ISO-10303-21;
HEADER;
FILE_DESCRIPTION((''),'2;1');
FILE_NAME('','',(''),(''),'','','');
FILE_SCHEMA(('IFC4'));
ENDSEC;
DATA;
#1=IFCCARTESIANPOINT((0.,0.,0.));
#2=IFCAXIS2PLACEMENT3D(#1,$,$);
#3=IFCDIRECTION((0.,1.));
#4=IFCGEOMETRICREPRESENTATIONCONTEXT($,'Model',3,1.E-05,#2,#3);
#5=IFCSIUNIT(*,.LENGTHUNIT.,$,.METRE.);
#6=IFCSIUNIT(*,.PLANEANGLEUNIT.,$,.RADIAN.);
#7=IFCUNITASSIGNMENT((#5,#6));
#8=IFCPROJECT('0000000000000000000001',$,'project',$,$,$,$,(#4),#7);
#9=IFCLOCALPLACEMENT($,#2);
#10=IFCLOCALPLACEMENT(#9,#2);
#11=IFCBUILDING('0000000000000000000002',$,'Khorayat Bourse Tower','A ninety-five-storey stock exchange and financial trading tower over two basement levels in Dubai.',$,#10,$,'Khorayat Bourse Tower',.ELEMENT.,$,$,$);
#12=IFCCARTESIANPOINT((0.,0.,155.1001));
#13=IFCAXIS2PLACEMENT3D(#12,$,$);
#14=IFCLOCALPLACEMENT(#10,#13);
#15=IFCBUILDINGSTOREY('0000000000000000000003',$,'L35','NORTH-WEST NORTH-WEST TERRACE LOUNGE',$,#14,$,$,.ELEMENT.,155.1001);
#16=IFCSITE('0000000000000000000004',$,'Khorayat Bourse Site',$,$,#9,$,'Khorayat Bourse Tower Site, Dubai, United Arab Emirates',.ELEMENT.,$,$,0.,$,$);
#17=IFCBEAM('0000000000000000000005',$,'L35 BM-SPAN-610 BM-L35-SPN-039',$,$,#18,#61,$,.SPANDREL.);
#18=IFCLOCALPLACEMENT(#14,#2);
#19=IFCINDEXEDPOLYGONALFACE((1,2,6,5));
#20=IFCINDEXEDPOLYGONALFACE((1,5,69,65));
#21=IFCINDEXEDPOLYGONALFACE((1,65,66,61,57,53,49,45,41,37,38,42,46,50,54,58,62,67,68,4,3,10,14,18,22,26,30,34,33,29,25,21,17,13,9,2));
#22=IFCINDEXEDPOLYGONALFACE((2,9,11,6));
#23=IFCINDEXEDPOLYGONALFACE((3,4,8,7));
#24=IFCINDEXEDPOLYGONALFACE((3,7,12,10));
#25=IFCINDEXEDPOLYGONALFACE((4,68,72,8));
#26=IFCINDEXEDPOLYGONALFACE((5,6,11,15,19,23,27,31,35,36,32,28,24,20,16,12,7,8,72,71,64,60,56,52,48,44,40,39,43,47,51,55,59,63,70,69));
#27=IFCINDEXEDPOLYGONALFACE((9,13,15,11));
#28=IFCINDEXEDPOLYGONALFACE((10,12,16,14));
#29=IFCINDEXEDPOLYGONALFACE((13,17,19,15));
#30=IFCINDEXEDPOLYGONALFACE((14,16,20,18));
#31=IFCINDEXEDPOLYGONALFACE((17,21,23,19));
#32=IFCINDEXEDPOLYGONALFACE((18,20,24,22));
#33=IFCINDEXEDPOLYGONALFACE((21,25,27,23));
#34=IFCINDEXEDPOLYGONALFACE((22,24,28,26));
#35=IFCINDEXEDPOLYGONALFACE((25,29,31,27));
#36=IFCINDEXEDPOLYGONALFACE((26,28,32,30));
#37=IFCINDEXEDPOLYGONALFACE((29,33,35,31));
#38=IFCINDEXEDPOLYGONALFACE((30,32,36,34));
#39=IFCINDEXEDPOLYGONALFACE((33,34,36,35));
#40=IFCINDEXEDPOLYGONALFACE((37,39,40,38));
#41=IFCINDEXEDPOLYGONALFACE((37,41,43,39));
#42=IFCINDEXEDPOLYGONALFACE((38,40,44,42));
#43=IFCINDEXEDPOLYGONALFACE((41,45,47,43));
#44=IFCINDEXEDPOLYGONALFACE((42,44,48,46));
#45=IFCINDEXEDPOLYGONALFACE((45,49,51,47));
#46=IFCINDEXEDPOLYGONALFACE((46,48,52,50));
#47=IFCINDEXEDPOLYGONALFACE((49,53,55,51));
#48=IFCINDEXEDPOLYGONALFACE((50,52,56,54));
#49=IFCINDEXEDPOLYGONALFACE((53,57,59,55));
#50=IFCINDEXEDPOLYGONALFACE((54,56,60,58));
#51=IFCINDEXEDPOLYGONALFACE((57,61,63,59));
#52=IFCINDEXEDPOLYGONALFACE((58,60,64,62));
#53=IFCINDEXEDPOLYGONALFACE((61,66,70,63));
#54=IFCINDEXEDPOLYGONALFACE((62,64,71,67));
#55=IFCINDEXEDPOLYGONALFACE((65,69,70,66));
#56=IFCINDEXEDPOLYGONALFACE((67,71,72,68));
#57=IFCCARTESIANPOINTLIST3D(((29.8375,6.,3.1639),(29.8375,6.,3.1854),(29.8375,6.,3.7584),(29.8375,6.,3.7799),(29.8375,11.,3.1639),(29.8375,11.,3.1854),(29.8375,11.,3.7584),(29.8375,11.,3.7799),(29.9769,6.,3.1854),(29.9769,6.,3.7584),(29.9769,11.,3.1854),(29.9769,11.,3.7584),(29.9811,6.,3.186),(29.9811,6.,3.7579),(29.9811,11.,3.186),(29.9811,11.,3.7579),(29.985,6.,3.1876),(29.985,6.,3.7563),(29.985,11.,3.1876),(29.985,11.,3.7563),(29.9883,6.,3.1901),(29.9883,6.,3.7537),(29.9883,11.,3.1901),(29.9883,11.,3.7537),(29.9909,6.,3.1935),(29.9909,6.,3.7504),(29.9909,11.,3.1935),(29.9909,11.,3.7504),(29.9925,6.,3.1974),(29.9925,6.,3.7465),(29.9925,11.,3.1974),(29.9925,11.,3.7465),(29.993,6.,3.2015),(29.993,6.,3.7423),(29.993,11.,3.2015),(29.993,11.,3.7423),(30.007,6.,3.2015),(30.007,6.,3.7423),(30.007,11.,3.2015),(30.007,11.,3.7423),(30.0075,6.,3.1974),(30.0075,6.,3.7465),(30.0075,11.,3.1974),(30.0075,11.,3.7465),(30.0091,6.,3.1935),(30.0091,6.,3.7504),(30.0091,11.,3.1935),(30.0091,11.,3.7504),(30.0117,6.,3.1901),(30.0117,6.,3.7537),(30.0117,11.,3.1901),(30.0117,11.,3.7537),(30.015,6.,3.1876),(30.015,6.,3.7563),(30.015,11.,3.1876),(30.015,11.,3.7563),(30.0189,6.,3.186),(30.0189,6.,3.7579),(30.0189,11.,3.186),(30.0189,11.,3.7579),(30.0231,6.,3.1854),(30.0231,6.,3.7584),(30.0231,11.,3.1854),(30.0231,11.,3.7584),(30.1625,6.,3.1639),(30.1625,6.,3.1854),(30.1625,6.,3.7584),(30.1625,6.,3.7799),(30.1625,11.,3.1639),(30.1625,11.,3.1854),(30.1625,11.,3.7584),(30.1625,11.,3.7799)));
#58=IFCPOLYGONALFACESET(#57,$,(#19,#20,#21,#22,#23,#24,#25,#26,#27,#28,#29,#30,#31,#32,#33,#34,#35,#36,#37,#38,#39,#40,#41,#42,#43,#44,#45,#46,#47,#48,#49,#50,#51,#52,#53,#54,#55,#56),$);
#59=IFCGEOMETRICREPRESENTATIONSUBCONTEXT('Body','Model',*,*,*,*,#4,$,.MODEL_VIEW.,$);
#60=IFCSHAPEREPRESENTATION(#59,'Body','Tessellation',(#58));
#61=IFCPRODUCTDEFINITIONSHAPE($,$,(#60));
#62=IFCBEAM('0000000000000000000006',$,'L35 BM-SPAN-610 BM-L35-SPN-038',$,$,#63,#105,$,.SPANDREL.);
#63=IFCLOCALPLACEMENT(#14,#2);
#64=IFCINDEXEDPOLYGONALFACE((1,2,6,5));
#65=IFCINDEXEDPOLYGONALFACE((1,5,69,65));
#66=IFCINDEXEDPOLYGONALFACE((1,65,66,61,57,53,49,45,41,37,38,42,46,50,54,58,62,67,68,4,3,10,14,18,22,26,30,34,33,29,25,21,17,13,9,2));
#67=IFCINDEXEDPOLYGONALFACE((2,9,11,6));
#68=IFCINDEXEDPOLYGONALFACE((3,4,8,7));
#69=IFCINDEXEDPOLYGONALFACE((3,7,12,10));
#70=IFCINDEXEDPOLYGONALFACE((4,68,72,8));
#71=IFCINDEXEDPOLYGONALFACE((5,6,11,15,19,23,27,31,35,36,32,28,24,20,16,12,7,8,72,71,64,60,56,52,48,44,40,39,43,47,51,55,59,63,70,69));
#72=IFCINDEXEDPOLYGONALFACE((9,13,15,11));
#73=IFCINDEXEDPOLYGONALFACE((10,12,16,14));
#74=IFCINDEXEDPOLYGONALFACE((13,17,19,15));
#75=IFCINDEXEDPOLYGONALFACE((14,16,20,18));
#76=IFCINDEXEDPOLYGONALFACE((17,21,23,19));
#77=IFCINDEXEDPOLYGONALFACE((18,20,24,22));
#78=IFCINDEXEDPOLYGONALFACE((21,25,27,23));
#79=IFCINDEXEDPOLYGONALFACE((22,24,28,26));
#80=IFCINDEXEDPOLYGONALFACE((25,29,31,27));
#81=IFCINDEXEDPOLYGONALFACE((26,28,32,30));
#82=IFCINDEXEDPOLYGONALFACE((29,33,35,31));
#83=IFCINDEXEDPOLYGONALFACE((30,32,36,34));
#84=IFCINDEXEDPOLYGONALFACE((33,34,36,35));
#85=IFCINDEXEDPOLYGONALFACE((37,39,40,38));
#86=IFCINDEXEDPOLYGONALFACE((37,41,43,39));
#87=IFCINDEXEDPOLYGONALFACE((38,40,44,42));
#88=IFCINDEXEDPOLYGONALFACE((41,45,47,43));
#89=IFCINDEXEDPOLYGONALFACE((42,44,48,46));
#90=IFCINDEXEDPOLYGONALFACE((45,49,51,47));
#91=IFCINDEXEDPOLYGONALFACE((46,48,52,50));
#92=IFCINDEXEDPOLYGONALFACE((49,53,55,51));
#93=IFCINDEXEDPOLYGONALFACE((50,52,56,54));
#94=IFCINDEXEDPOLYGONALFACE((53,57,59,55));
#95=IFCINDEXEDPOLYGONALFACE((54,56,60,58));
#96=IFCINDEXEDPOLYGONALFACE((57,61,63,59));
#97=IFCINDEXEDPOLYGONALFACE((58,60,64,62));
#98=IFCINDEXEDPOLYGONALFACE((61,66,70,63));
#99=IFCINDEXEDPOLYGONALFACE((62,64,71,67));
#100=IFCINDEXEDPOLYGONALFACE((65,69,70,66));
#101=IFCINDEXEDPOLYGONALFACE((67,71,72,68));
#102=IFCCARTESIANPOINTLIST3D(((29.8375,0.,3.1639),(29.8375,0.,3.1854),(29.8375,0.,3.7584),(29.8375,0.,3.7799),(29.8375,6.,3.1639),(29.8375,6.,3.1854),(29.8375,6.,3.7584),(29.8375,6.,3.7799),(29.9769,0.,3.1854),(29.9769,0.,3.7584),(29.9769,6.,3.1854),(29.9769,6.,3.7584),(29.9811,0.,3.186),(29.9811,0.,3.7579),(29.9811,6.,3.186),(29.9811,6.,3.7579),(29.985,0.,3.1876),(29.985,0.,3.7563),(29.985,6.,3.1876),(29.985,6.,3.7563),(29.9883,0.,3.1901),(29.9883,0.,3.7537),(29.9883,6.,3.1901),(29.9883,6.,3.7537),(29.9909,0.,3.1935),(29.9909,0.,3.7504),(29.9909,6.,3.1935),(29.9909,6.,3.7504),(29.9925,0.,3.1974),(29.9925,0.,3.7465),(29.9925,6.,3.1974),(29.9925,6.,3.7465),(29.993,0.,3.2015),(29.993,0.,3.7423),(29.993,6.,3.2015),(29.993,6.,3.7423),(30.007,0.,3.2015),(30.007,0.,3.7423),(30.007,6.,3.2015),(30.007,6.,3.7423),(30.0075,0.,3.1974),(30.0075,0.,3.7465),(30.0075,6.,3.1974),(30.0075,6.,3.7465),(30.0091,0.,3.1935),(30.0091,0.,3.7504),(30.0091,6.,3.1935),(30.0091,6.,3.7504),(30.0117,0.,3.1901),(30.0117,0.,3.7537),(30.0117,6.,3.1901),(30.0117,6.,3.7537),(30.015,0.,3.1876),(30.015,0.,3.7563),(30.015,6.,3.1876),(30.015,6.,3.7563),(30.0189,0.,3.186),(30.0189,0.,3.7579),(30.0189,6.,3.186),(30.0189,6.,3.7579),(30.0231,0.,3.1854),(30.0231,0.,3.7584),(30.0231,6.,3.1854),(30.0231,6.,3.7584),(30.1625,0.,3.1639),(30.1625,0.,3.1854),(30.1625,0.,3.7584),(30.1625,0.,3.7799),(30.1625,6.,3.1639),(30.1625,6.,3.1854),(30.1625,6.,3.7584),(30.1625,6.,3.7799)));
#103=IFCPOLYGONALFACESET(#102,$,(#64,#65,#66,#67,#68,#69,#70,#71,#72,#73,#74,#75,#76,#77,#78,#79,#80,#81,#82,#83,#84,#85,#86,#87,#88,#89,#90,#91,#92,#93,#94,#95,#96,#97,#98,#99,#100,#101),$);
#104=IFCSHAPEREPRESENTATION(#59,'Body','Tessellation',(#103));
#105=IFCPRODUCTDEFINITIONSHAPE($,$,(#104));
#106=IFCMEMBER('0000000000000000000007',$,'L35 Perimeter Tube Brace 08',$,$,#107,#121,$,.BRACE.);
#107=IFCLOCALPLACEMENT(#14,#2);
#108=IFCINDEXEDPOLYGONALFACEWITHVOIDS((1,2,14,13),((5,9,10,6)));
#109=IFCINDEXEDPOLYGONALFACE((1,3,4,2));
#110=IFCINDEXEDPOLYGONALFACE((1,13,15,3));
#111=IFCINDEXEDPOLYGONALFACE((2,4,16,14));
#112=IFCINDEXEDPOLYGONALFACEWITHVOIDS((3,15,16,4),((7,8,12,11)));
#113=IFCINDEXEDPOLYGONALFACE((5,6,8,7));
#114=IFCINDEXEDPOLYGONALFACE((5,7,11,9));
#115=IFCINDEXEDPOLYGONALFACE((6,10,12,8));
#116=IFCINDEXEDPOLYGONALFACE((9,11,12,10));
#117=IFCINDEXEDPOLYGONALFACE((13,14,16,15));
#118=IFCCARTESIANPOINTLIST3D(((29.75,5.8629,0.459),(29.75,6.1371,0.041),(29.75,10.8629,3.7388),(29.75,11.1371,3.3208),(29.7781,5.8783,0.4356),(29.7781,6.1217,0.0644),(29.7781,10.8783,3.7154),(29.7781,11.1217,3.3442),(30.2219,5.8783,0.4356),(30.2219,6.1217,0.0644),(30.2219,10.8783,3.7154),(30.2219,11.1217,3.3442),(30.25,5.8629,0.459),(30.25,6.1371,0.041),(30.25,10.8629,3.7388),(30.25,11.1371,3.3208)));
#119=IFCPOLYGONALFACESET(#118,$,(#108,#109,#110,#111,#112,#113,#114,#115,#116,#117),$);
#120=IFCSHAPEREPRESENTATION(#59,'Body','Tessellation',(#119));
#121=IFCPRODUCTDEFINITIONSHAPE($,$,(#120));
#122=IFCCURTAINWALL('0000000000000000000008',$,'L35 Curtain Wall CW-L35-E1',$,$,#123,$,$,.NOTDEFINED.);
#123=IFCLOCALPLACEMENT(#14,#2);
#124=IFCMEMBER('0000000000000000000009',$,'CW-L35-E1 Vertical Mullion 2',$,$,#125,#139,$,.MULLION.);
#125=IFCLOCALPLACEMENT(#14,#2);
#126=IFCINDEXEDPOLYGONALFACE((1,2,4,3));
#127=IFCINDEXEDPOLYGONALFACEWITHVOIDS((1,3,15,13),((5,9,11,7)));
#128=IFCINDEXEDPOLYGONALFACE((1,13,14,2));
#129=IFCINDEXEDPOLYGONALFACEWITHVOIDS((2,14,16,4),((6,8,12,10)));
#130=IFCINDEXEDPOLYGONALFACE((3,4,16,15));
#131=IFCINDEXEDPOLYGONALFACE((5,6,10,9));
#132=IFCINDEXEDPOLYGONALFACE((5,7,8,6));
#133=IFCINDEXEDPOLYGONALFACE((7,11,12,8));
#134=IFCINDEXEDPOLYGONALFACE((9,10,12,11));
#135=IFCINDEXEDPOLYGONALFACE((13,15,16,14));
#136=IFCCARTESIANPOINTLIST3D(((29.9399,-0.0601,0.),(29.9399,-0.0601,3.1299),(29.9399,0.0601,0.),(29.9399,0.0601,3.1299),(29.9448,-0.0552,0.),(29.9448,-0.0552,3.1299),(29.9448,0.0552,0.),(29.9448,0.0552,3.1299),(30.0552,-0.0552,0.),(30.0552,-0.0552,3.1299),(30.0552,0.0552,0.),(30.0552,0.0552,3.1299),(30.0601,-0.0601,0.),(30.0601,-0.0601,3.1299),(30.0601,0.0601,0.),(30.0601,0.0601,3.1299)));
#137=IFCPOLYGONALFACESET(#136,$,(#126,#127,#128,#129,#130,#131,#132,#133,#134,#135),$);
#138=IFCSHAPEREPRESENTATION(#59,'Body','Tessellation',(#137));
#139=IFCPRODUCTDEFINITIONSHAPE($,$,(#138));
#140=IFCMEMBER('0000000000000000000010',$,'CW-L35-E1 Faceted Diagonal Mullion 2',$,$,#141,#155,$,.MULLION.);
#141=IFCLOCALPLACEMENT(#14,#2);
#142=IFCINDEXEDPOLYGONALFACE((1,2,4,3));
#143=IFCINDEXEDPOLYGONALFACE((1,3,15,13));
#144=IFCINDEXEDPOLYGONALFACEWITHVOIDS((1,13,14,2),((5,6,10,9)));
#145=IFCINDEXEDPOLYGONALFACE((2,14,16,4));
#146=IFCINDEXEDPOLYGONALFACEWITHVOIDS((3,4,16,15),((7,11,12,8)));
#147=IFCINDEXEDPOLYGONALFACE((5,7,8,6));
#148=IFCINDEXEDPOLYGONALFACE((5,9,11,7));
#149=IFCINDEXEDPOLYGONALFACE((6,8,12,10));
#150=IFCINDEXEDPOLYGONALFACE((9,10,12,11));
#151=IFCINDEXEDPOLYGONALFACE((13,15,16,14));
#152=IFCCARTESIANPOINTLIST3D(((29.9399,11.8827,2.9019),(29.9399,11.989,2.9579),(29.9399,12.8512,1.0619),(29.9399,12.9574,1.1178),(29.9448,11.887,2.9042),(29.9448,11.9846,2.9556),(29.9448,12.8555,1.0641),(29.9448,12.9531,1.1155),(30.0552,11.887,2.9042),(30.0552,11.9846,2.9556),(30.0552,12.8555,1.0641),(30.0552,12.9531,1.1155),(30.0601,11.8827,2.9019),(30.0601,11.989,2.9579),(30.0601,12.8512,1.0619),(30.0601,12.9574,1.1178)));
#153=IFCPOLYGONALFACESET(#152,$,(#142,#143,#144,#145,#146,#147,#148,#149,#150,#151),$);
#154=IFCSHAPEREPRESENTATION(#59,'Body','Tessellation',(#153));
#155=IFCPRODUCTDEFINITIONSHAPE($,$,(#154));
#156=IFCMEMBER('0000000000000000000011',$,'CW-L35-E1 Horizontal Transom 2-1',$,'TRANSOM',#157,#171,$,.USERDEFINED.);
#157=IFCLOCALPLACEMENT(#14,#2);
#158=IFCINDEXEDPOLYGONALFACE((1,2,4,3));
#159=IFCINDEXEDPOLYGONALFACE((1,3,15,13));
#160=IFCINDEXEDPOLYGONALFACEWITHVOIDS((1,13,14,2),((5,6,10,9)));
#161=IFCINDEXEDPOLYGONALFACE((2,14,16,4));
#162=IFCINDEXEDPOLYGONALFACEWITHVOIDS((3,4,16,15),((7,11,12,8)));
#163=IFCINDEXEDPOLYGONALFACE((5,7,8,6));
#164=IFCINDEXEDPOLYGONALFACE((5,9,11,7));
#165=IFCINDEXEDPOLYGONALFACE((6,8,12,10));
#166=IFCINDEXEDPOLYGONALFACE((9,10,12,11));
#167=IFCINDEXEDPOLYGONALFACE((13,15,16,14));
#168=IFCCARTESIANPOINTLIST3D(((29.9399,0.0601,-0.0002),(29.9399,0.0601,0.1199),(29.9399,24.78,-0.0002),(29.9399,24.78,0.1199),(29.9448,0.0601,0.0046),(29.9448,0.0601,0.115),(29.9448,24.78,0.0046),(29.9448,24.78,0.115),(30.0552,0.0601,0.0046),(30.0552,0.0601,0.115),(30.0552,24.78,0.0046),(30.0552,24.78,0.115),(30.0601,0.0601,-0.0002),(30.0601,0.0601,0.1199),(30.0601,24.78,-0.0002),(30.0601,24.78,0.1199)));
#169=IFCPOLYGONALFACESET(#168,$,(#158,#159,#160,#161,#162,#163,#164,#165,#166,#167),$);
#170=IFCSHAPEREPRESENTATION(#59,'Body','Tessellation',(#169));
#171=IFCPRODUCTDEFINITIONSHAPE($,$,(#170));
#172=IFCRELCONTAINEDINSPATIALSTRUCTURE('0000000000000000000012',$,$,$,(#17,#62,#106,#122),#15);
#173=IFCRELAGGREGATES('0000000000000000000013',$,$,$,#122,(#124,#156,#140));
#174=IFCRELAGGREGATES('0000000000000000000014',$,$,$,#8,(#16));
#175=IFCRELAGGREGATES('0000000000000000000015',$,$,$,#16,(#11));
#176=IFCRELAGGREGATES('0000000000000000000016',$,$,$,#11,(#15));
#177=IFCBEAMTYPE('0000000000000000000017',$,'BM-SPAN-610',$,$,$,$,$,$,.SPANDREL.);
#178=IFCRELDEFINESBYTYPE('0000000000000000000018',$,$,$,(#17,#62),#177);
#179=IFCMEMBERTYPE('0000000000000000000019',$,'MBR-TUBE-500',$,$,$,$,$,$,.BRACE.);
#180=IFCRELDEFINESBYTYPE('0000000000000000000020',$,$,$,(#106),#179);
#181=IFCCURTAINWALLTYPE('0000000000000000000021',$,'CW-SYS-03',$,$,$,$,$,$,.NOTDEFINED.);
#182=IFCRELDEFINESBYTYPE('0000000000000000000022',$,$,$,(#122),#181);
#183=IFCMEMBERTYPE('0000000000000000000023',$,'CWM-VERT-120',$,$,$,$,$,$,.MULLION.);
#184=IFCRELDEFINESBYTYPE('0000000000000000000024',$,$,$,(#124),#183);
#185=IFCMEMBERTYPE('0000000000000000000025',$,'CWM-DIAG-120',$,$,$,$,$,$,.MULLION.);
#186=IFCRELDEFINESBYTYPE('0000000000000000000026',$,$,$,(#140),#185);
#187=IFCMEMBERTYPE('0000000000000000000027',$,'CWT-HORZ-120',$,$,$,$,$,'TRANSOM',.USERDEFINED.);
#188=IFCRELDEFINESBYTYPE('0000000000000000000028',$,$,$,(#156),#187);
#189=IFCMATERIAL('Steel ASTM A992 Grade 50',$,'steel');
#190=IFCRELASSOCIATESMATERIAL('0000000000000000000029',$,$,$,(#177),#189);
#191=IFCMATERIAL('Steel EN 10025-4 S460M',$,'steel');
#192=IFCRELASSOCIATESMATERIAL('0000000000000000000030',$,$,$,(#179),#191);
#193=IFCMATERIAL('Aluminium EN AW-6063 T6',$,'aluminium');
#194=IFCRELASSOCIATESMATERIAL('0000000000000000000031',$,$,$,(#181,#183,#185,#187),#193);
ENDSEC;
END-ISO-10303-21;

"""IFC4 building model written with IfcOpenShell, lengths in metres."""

from ifc_helpers import new_model, si_unit, direction, frame, origin, origin_2d, place, context, subcontext, project, spatial, hollow_rectangle, i_section, extrude, source, transform, mapped, material, material_profile, profile_set, type_object, element, aggregate, save


model = new_model("IFC4")

# Units and contexts
model_context = context("Model", 3, precision=1e-05, world=origin(), true_north=direction((0.0, 1.0)))
body_context = subcontext(model_context, "Body", "Model", "MODEL_VIEW")
ifc_project = project(units=[si_unit("LENGTHUNIT", "METRE"), si_unit("PLANEANGLEUNIT", "RADIAN")], contexts=[model_context])

# Site, building, storey
site_placement = place(None, origin())
site = spatial("IfcSite", under=ifc_project, at=site_placement, Name="Khorayat Bourse Site", LongName="Khorayat Bourse Tower Site, Dubai, United Arab Emirates", CompositionType="ELEMENT", RefElevation=0.0)
building_placement = place(site_placement, origin())
building = spatial("IfcBuilding", under=site, at=building_placement, Name="Khorayat Bourse Tower", Description="A ninety-five-storey stock exchange and financial trading tower over two basement levels in Dubai.", LongName="Khorayat Bourse Tower", CompositionType="ELEMENT")
storey_placement = place(building_placement, frame((0.0, 0.0, 155.1001)))
storey = spatial("IfcBuildingStorey", under=building, at=storey_placement, Name="L35", Description="NORTH-WEST NORTH-WEST TERRACE LOUNGE", CompositionType="ELEMENT", Elevation=155.1001)

# Shared definitions
ifc_material_1 = material(Name="Steel EN 10025-4 S460M", Category="steel")

# Beams
ifc_material_2 = material(Name="Steel ASTM A992 Grade 50", Category="steel")
ifc_material_profile_1 = material_profile(ifc_material_2, i_section(OverallWidth=0.325, OverallDepth=0.616, WebThickness=0.0139, FlangeThickness=0.0215, FilletRadius=0.0161, at=origin_2d()), Name="W610X174")
ifc_profile_set_1 = profile_set([ifc_material_profile_1], Name="Steel ASTM A992 Grade 50")
beam_type_1 = type_object("IfcBeamType", Name="BM-SPAN-610", PredefinedType="SPANDREL", material=ifc_profile_set_1)
shared_shape_1 = source(origin(), body_context, "Body", "SweptSolid", [
    extrude(i_section(OverallWidth=0.325, OverallDepth=0.616, WebThickness=0.0139, FlangeThickness=0.0215, FilletRadius=0.0161, at=origin_2d()), origin(), (0.0, 0.0, 1.0), 5.0),
])
beam_1_placement = place(storey_placement, frame((30.0, 6.0, 3.4719), z_axis=(0.0, 1.0, 0.0), x_axis=(-1.0, 0.0, 0.0)))
element("IfcBeam", 1, at=beam_1_placement, inside=storey, type_object=beam_type_1, Name="L35 BM-SPAN-610 BM-L35-SPN-039", PredefinedType="SPANDREL", context=body_context, shape_type="MappedRepresentation", body=[
    mapped(shared_shape_1, transform((0.0, 0.0, 0.0), scale=1.0)),
])
shared_shape_2 = source(origin(), body_context, "Body", "SweptSolid", [
    extrude(i_section(OverallWidth=0.325, OverallDepth=0.616, WebThickness=0.0139, FlangeThickness=0.0215, FilletRadius=0.0161, at=origin_2d()), origin(), (0.0, 0.0, 1.0), 6.0),
])
beam_2_placement = place(storey_placement, frame((30.0, 0.0, 3.4719), z_axis=(0.0, 1.0, 0.0), x_axis=(-1.0, 0.0, 0.0)))
element("IfcBeam", 2, at=beam_2_placement, inside=storey, type_object=beam_type_1, Name="L35 BM-SPAN-610 BM-L35-SPN-038", PredefinedType="SPANDREL", context=body_context, shape_type="MappedRepresentation", body=[
    mapped(shared_shape_2, transform((0.0, 0.0, 0.0), scale=1.0)),
])

# Member
ifc_material_profile_2 = material_profile(ifc_material_1, hollow_rectangle(XDim=0.5, YDim=0.5, WallThickness=0.0281, at=origin_2d()), Name="HSS 500x500x28")
ifc_profile_set_2 = profile_set([ifc_material_profile_2], Name="Steel EN 10025-4 S460M")
member_type_1 = type_object("IfcMemberType", Name="MBR-TUBE-500", PredefinedType="BRACE", material=ifc_profile_set_2)
shared_shape_3 = source(origin(), body_context, "Body", "SweptSolid", [
    extrude(hollow_rectangle(XDim=0.5, YDim=0.5, WallThickness=0.0281, at=origin_2d()), origin(), (0.0, 0.0, 1.0), 5.9797),
])
member_1_placement = place(storey_placement, frame((30.0, 6.0, 0.25), z_axis=(0.0, 0.83616, 0.548485), x_axis=(-1.0, 0.0, 0.0)))
element("IfcMember", 3, at=member_1_placement, inside=storey, type_object=member_type_1, Name="L35 Perimeter Tube Brace 08", PredefinedType="BRACE", context=body_context, shape_type="MappedRepresentation", body=[
    mapped(shared_shape_3, transform((0.0, 0.0, 0.0), scale=1.0)),
])

# Curtain wall, members
ifc_material_3 = material(Name="Aluminium EN AW-6063 T6", Category="aluminium")
curtain_wall_type = type_object("IfcCurtainWallType", Name="CW-SYS-03", PredefinedType="NOTDEFINED", material=ifc_material_3)
curtain_wall_placement = place(storey_placement, origin())
curtain_wall = element("IfcCurtainWall", 4, at=curtain_wall_placement, inside=storey, type_object=curtain_wall_type, Name="L35 Curtain Wall CW-L35-E1", PredefinedType="NOTDEFINED")
ifc_material_profile_3 = material_profile(ifc_material_3, hollow_rectangle(XDim=0.1201, YDim=0.1201, WallThickness=0.0049, at=origin_2d()), Name="ALU 120x120x5")
ifc_profile_set_3 = profile_set([ifc_material_profile_3], Name="Aluminium EN AW-6063 T6")
member_type_2 = type_object("IfcMemberType", Name="CWM-VERT-120", PredefinedType="MULLION", material=ifc_profile_set_3)
shared_shape_4 = source(origin(), body_context, "Body", "SweptSolid", [
    extrude(hollow_rectangle(XDim=0.1201, YDim=0.1201, WallThickness=0.0049, at=origin_2d()), origin(), (0.0, 0.0, 1.0), 3.1299),
])
member_2_placement = place(storey_placement, frame((30.0, 0.0, 0.0), z_axis=(0.0, 0.0, 1.0), x_axis=(-1.0, 0.0, 0.0)))
member_2 = element("IfcMember", 5, at=member_2_placement, type_object=member_type_2, Name="CW-L35-E1 Vertical Mullion 2", PredefinedType="MULLION", context=body_context, shape_type="MappedRepresentation", body=[
    mapped(shared_shape_4, transform((0.0, 0.0, 0.0), scale=1.0)),
])
ifc_material_profile_4 = material_profile(ifc_material_3, hollow_rectangle(XDim=0.1201, YDim=0.1201, WallThickness=0.0049, at=origin_2d()), Name="ALU 120x120x5")
ifc_profile_set_4 = profile_set([ifc_material_profile_4], Name="Aluminium EN AW-6063 T6")
member_type_3 = type_object("IfcMemberType", Name="CWM-DIAG-120", PredefinedType="MULLION", material=ifc_profile_set_4)
shared_shape_5 = source(origin(), body_context, "Body", "SweptSolid", [
    extrude(hollow_rectangle(XDim=0.1201, YDim=0.1201, WallThickness=0.0049, at=origin_2d()), origin(), (0.0, 0.0, 1.0), 2.0793),
])
member_3_placement = place(storey_placement, frame((30.0, 12.9043, 1.0898), z_axis=(0.0, -0.465761, 0.884911), x_axis=(1.0, 0.0, 0.0)))
member_3 = element("IfcMember", 6, at=member_3_placement, type_object=member_type_3, Name="CW-L35-E1 Faceted Diagonal Mullion 2", PredefinedType="MULLION", context=body_context, shape_type="MappedRepresentation", body=[
    mapped(shared_shape_5, transform((0.0, 0.0, 0.0), scale=1.0)),
])
ifc_material_profile_5 = material_profile(ifc_material_3, hollow_rectangle(XDim=0.1201, YDim=0.1201, WallThickness=0.0049, at=origin_2d()), Name="ALU 120x120x5")
ifc_profile_set_5 = profile_set([ifc_material_profile_5], Name="Aluminium EN AW-6063 T6")
member_type_4 = type_object("IfcMemberType", Name="CWT-HORZ-120", ElementType="TRANSOM", PredefinedType="USERDEFINED", material=ifc_profile_set_5)
shared_shape_6 = source(origin(), body_context, "Body", "SweptSolid", [
    extrude(hollow_rectangle(XDim=0.1201, YDim=0.1201, WallThickness=0.0049, at=origin_2d()), origin(), (0.0, 0.0, 1.0), 24.72),
])
member_4_placement = place(storey_placement, frame((30.0, 0.0601, 0.0598), z_axis=(0.0, 1.0, 0.0), x_axis=(-1.0, 0.0, 0.0)))
member_4 = element("IfcMember", 7, at=member_4_placement, type_object=member_type_4, Name="CW-L35-E1 Horizontal Transom 2-1", ObjectType="TRANSOM", PredefinedType="USERDEFINED", context=body_context, shape_type="MappedRepresentation", body=[
    mapped(shared_shape_6, transform((0.0, 0.0, 0.0), scale=1.0)),
])

aggregate(curtain_wall, [member_2, member_4, member_3])

save(model, "model.ifc")
